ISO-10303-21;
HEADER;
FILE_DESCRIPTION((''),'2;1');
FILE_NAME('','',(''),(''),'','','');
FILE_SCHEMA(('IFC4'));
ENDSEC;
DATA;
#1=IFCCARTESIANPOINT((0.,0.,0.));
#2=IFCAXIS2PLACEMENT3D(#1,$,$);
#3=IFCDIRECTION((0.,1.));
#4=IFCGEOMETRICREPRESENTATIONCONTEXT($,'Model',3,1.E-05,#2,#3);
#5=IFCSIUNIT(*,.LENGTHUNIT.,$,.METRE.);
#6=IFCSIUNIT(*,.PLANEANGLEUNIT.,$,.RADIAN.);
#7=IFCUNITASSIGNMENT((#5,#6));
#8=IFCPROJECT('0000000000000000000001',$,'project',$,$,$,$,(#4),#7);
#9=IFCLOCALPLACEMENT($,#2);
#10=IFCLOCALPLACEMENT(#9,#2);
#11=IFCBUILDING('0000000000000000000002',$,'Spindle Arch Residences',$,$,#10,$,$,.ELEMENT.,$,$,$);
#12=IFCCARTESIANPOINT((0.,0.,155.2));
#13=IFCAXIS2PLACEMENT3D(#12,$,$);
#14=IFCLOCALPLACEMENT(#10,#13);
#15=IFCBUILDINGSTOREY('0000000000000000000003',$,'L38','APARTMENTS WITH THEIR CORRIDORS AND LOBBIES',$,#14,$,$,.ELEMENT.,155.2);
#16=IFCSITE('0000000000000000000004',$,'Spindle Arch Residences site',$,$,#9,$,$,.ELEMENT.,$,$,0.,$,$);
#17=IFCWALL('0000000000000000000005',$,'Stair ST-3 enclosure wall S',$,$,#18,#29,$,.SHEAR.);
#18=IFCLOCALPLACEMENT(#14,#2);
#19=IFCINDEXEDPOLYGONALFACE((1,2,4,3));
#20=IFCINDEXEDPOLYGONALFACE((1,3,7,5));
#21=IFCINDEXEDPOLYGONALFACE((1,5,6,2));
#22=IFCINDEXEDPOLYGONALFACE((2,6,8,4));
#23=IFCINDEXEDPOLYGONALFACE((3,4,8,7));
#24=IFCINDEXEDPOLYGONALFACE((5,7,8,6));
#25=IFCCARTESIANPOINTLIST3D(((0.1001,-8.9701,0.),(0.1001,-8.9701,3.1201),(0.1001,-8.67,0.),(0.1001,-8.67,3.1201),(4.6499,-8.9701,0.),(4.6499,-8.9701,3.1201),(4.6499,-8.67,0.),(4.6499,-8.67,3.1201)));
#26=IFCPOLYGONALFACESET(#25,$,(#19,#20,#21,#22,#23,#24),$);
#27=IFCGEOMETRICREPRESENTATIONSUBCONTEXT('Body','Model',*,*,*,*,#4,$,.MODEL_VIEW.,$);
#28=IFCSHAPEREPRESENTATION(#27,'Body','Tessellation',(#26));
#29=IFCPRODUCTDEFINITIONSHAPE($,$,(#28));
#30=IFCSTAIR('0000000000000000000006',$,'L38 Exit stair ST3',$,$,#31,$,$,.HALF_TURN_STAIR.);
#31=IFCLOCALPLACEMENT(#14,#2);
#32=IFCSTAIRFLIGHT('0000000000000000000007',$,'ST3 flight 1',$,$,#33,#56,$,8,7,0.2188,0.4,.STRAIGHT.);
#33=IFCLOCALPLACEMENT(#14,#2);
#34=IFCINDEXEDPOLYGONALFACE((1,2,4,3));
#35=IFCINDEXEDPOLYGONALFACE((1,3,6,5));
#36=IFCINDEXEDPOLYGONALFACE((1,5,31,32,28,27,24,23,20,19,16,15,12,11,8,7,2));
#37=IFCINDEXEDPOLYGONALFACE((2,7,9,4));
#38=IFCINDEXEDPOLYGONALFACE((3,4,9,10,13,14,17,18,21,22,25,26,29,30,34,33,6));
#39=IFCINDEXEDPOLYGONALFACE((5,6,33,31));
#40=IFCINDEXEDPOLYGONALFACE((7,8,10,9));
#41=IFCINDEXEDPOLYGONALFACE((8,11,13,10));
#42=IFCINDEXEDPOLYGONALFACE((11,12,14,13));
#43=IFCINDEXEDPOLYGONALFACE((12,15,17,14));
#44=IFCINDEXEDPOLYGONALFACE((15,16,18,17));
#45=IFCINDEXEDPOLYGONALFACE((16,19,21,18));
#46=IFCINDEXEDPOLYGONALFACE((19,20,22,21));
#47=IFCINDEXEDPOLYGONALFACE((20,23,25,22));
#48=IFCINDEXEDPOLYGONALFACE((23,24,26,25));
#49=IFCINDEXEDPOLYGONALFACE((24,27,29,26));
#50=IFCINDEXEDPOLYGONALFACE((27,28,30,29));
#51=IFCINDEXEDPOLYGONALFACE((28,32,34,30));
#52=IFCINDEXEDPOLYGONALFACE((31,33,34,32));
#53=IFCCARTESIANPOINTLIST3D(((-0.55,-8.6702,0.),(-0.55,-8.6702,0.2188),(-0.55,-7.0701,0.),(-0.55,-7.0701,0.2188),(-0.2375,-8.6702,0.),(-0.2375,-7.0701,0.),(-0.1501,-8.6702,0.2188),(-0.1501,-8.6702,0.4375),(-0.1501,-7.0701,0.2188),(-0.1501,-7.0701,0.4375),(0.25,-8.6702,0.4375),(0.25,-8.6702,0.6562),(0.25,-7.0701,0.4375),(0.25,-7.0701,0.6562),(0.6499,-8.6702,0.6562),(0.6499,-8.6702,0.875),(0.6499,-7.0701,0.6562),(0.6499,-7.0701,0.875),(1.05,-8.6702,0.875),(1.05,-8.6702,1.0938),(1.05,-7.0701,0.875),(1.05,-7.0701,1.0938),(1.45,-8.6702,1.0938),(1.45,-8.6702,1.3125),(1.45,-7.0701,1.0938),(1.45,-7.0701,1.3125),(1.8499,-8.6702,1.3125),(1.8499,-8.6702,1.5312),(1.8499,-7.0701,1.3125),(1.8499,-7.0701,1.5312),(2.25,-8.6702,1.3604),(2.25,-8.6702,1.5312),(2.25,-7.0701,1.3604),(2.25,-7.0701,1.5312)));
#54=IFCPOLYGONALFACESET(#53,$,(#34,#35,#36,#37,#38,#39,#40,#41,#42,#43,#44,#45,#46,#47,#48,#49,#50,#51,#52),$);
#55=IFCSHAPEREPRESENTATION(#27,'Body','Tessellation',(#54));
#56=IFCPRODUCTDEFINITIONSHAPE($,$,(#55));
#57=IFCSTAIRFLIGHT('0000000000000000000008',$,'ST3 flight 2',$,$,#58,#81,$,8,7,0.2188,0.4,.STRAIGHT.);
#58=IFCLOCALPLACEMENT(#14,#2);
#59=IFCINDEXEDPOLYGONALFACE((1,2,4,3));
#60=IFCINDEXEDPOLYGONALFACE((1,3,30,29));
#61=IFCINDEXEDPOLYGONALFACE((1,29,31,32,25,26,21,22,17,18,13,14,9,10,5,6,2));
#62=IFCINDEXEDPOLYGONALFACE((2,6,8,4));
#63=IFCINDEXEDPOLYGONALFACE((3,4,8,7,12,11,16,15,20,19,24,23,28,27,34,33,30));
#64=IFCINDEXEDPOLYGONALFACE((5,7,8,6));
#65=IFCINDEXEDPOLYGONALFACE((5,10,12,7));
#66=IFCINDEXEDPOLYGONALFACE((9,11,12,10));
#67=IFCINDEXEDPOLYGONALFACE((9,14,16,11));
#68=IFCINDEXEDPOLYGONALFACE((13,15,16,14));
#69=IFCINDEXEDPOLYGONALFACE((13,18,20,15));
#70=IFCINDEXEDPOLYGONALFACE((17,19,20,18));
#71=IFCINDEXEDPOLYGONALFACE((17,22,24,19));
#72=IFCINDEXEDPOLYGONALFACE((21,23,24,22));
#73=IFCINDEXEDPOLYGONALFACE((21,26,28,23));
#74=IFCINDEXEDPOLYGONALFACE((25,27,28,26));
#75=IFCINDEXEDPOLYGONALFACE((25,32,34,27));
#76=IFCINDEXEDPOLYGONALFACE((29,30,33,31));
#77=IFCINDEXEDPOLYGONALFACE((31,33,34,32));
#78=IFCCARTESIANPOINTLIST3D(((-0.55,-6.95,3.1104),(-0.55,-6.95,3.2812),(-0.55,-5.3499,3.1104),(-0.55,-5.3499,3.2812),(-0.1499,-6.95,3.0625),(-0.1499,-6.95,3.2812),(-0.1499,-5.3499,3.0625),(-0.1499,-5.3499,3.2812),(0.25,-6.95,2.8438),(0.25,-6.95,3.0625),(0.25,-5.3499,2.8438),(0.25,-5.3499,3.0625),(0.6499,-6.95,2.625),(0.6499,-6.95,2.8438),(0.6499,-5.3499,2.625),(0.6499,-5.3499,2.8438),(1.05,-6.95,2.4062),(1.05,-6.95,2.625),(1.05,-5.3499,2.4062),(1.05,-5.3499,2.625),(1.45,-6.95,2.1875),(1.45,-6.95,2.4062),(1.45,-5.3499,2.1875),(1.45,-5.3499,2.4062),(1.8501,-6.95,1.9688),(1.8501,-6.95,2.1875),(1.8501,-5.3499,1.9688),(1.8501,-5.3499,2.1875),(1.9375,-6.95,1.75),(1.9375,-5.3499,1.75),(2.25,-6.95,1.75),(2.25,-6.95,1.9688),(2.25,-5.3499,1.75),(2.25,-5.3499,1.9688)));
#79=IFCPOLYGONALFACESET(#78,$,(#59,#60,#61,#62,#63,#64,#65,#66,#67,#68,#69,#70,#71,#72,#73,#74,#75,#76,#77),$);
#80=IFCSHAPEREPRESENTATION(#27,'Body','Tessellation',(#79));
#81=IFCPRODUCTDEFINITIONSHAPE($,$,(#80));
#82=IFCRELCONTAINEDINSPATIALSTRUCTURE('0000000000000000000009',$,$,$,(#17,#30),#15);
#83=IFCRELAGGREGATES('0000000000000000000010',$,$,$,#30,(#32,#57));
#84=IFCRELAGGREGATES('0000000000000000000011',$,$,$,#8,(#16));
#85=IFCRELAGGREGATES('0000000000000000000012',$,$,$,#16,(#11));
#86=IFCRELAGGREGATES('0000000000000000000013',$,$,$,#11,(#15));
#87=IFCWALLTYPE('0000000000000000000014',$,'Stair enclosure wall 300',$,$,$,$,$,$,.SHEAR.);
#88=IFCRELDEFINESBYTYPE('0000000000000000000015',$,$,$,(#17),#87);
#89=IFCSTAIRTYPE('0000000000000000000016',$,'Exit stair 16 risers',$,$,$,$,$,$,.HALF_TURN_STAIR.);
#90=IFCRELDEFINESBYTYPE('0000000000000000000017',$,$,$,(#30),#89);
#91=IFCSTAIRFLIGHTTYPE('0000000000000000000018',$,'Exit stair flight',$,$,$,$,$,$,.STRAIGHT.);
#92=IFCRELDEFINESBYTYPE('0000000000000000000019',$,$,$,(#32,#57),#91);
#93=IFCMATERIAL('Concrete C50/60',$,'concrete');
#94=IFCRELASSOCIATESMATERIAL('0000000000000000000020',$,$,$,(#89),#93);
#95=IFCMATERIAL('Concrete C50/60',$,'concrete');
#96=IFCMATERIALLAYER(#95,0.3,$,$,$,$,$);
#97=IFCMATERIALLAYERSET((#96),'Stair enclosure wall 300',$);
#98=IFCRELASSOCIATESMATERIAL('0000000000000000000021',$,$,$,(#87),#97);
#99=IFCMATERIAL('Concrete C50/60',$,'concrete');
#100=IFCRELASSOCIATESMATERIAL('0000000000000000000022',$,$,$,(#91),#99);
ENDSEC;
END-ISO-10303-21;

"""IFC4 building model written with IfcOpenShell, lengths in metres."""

from ifc_helpers import new_model, si_unit, direction, frame, frame_2d, origin, place, context, subcontext, project, spatial, polyline, rectangle, outline, extrude, material, layer, layer_set, type_object, element, aggregate, save


model = new_model("IFC4")

# Units and contexts
model_context = context("Model", 3, precision=1e-05, world=origin(), true_north=direction((0.0, 1.0)))
body_context = subcontext(model_context, "Body", "Model", "MODEL_VIEW")
ifc_project = project(units=[si_unit("LENGTHUNIT", "METRE"), si_unit("PLANEANGLEUNIT", "RADIAN")], contexts=[model_context])

# Site, building, storey
site_placement = place(None, origin())
site = spatial("IfcSite", under=ifc_project, at=site_placement, Name="Spindle Arch Residences site", CompositionType="ELEMENT", RefElevation=0.0)
building_placement = place(site_placement, origin())
building = spatial("IfcBuilding", under=site, at=building_placement, Name="Spindle Arch Residences", CompositionType="ELEMENT")
storey_placement = place(building_placement, frame((0.0, 0.0, 155.2)))
storey = spatial("IfcBuildingStorey", under=building, at=storey_placement, Name="L38", Description="APARTMENTS WITH THEIR CORRIDORS AND LOBBIES", CompositionType="ELEMENT", Elevation=155.2)

# Shared definitions
ifc_material_1 = material(Name="Concrete C50/60", Category="concrete")
stair_type = type_object("IfcStairType", Name="Exit stair 16 risers", PredefinedType="HALF_TURN_STAIR", material=ifc_material_1)

# Wall
ifc_material_2 = material(Name="Concrete C50/60", Category="concrete")
ifc_layer_1 = layer(ifc_material_2, 0.3)
ifc_layer_set_1 = layer_set([ifc_layer_1], Name="Stair enclosure wall 300")
wall_type_1 = type_object("IfcWallType", Name="Stair enclosure wall 300", PredefinedType="SHEAR", material=ifc_layer_set_1)
wall_1_placement = place(storey_placement, frame((0.1001, -8.8201, 0.0), z_axis=(0.0, 0.0, 1.0), x_axis=(1.0, 0.0, 0.0)))
element("IfcWall", 1, at=wall_1_placement, inside=storey, type_object=wall_type_1, Name="Stair ST-3 enclosure wall S", PredefinedType="SHEAR", context=body_context, shape_type="SweptSolid", body=[
    extrude(rectangle(XDim=4.5498, YDim=0.3, at=frame_2d((2.2749, 0.0))), origin(), (0.0, 0.0, 1.0), 3.1201),
])

# Stair, stair flights
stair_1_placement = place(storey_placement, origin())
stair_1 = element("IfcStair", 2, at=stair_1_placement, inside=storey, type_object=stair_type, Name="L38 Exit stair ST3", PredefinedType="HALF_TURN_STAIR")
ifc_material_3 = material(Name="Concrete C50/60", Category="concrete")
stair_flight_type = type_object("IfcStairFlightType", Name="Exit stair flight", PredefinedType="STRAIGHT", material=ifc_material_3)
stair_flight_1_placement = place(storey_placement, frame((-0.55, -7.8701, 0.0), z_axis=(0.0, 0.0, 1.0), x_axis=(1.0, 0.0, 0.0)))
stair_flight_1 = element("IfcStairFlight", 3, at=stair_flight_1_placement, type_object=stair_flight_type, Name="ST3 flight 1", NumberOfRisers=8, NumberOfTreads=7, PredefinedType="STRAIGHT", RiserHeight=0.2188, TreadLength=0.4, context=body_context, shape_type="SweptSolid", body=[
    extrude(outline(polyline([(0.0, 0.0), (0.0, 0.2188), (0.3999, 0.2188), (0.3999, 0.4375), (0.8, 0.4375), (0.8, 0.6562), (1.2, 0.6562), (1.2, 0.875), (1.6001, 0.875), (1.6001, 1.0938), (2.0, 1.0938), (2.0, 1.3125), (2.3999, 1.3125), (2.3999, 1.5312), (2.8, 1.5312), (2.8, 1.75), (2.8, 1.3604), (0.3125, 0.0), (0.0, 0.0)])), frame((0.0, 0.8, 0.0), z_axis=(0.0, -1.0, 0.0), x_axis=(1.0, 0.0, 0.0)), (0.0, 0.0, 1.0), 1.6001),
])
stair_flight_2_placement = place(storey_placement, frame((2.25, -6.1499, 1.75), z_axis=(0.0, 0.0, 1.0), x_axis=(-1.0, 0.0, 0.0)))
stair_flight_2 = element("IfcStairFlight", 4, at=stair_flight_2_placement, type_object=stair_flight_type, Name="ST3 flight 2", NumberOfRisers=8, NumberOfTreads=7, PredefinedType="STRAIGHT", RiserHeight=0.2188, TreadLength=0.4, context=body_context, shape_type="SweptSolid", body=[
    extrude(outline(polyline([(0.0, 0.0), (0.0, 0.2188), (0.3999, 0.2188), (0.3999, 0.4375), (0.8, 0.4375), (0.8, 0.6562), (1.2, 0.6562), (1.2, 0.875), (1.6001, 0.875), (1.6001, 1.0938), (2.0, 1.0938), (2.0, 1.3125), (2.3999, 1.3125), (2.3999, 1.5312), (2.8, 1.5312), (2.8, 1.75), (2.8, 1.3604), (0.3125, 0.0), (0.0, 0.0)])), frame((0.0, 0.8, 0.0), z_axis=(0.0, -1.0, 0.0), x_axis=(1.0, 0.0, 0.0)), (0.0, 0.0, 1.0), 1.6001),
])
aggregate(stair_1, [stair_flight_1, stair_flight_2])

save(model, "model.ifc")
